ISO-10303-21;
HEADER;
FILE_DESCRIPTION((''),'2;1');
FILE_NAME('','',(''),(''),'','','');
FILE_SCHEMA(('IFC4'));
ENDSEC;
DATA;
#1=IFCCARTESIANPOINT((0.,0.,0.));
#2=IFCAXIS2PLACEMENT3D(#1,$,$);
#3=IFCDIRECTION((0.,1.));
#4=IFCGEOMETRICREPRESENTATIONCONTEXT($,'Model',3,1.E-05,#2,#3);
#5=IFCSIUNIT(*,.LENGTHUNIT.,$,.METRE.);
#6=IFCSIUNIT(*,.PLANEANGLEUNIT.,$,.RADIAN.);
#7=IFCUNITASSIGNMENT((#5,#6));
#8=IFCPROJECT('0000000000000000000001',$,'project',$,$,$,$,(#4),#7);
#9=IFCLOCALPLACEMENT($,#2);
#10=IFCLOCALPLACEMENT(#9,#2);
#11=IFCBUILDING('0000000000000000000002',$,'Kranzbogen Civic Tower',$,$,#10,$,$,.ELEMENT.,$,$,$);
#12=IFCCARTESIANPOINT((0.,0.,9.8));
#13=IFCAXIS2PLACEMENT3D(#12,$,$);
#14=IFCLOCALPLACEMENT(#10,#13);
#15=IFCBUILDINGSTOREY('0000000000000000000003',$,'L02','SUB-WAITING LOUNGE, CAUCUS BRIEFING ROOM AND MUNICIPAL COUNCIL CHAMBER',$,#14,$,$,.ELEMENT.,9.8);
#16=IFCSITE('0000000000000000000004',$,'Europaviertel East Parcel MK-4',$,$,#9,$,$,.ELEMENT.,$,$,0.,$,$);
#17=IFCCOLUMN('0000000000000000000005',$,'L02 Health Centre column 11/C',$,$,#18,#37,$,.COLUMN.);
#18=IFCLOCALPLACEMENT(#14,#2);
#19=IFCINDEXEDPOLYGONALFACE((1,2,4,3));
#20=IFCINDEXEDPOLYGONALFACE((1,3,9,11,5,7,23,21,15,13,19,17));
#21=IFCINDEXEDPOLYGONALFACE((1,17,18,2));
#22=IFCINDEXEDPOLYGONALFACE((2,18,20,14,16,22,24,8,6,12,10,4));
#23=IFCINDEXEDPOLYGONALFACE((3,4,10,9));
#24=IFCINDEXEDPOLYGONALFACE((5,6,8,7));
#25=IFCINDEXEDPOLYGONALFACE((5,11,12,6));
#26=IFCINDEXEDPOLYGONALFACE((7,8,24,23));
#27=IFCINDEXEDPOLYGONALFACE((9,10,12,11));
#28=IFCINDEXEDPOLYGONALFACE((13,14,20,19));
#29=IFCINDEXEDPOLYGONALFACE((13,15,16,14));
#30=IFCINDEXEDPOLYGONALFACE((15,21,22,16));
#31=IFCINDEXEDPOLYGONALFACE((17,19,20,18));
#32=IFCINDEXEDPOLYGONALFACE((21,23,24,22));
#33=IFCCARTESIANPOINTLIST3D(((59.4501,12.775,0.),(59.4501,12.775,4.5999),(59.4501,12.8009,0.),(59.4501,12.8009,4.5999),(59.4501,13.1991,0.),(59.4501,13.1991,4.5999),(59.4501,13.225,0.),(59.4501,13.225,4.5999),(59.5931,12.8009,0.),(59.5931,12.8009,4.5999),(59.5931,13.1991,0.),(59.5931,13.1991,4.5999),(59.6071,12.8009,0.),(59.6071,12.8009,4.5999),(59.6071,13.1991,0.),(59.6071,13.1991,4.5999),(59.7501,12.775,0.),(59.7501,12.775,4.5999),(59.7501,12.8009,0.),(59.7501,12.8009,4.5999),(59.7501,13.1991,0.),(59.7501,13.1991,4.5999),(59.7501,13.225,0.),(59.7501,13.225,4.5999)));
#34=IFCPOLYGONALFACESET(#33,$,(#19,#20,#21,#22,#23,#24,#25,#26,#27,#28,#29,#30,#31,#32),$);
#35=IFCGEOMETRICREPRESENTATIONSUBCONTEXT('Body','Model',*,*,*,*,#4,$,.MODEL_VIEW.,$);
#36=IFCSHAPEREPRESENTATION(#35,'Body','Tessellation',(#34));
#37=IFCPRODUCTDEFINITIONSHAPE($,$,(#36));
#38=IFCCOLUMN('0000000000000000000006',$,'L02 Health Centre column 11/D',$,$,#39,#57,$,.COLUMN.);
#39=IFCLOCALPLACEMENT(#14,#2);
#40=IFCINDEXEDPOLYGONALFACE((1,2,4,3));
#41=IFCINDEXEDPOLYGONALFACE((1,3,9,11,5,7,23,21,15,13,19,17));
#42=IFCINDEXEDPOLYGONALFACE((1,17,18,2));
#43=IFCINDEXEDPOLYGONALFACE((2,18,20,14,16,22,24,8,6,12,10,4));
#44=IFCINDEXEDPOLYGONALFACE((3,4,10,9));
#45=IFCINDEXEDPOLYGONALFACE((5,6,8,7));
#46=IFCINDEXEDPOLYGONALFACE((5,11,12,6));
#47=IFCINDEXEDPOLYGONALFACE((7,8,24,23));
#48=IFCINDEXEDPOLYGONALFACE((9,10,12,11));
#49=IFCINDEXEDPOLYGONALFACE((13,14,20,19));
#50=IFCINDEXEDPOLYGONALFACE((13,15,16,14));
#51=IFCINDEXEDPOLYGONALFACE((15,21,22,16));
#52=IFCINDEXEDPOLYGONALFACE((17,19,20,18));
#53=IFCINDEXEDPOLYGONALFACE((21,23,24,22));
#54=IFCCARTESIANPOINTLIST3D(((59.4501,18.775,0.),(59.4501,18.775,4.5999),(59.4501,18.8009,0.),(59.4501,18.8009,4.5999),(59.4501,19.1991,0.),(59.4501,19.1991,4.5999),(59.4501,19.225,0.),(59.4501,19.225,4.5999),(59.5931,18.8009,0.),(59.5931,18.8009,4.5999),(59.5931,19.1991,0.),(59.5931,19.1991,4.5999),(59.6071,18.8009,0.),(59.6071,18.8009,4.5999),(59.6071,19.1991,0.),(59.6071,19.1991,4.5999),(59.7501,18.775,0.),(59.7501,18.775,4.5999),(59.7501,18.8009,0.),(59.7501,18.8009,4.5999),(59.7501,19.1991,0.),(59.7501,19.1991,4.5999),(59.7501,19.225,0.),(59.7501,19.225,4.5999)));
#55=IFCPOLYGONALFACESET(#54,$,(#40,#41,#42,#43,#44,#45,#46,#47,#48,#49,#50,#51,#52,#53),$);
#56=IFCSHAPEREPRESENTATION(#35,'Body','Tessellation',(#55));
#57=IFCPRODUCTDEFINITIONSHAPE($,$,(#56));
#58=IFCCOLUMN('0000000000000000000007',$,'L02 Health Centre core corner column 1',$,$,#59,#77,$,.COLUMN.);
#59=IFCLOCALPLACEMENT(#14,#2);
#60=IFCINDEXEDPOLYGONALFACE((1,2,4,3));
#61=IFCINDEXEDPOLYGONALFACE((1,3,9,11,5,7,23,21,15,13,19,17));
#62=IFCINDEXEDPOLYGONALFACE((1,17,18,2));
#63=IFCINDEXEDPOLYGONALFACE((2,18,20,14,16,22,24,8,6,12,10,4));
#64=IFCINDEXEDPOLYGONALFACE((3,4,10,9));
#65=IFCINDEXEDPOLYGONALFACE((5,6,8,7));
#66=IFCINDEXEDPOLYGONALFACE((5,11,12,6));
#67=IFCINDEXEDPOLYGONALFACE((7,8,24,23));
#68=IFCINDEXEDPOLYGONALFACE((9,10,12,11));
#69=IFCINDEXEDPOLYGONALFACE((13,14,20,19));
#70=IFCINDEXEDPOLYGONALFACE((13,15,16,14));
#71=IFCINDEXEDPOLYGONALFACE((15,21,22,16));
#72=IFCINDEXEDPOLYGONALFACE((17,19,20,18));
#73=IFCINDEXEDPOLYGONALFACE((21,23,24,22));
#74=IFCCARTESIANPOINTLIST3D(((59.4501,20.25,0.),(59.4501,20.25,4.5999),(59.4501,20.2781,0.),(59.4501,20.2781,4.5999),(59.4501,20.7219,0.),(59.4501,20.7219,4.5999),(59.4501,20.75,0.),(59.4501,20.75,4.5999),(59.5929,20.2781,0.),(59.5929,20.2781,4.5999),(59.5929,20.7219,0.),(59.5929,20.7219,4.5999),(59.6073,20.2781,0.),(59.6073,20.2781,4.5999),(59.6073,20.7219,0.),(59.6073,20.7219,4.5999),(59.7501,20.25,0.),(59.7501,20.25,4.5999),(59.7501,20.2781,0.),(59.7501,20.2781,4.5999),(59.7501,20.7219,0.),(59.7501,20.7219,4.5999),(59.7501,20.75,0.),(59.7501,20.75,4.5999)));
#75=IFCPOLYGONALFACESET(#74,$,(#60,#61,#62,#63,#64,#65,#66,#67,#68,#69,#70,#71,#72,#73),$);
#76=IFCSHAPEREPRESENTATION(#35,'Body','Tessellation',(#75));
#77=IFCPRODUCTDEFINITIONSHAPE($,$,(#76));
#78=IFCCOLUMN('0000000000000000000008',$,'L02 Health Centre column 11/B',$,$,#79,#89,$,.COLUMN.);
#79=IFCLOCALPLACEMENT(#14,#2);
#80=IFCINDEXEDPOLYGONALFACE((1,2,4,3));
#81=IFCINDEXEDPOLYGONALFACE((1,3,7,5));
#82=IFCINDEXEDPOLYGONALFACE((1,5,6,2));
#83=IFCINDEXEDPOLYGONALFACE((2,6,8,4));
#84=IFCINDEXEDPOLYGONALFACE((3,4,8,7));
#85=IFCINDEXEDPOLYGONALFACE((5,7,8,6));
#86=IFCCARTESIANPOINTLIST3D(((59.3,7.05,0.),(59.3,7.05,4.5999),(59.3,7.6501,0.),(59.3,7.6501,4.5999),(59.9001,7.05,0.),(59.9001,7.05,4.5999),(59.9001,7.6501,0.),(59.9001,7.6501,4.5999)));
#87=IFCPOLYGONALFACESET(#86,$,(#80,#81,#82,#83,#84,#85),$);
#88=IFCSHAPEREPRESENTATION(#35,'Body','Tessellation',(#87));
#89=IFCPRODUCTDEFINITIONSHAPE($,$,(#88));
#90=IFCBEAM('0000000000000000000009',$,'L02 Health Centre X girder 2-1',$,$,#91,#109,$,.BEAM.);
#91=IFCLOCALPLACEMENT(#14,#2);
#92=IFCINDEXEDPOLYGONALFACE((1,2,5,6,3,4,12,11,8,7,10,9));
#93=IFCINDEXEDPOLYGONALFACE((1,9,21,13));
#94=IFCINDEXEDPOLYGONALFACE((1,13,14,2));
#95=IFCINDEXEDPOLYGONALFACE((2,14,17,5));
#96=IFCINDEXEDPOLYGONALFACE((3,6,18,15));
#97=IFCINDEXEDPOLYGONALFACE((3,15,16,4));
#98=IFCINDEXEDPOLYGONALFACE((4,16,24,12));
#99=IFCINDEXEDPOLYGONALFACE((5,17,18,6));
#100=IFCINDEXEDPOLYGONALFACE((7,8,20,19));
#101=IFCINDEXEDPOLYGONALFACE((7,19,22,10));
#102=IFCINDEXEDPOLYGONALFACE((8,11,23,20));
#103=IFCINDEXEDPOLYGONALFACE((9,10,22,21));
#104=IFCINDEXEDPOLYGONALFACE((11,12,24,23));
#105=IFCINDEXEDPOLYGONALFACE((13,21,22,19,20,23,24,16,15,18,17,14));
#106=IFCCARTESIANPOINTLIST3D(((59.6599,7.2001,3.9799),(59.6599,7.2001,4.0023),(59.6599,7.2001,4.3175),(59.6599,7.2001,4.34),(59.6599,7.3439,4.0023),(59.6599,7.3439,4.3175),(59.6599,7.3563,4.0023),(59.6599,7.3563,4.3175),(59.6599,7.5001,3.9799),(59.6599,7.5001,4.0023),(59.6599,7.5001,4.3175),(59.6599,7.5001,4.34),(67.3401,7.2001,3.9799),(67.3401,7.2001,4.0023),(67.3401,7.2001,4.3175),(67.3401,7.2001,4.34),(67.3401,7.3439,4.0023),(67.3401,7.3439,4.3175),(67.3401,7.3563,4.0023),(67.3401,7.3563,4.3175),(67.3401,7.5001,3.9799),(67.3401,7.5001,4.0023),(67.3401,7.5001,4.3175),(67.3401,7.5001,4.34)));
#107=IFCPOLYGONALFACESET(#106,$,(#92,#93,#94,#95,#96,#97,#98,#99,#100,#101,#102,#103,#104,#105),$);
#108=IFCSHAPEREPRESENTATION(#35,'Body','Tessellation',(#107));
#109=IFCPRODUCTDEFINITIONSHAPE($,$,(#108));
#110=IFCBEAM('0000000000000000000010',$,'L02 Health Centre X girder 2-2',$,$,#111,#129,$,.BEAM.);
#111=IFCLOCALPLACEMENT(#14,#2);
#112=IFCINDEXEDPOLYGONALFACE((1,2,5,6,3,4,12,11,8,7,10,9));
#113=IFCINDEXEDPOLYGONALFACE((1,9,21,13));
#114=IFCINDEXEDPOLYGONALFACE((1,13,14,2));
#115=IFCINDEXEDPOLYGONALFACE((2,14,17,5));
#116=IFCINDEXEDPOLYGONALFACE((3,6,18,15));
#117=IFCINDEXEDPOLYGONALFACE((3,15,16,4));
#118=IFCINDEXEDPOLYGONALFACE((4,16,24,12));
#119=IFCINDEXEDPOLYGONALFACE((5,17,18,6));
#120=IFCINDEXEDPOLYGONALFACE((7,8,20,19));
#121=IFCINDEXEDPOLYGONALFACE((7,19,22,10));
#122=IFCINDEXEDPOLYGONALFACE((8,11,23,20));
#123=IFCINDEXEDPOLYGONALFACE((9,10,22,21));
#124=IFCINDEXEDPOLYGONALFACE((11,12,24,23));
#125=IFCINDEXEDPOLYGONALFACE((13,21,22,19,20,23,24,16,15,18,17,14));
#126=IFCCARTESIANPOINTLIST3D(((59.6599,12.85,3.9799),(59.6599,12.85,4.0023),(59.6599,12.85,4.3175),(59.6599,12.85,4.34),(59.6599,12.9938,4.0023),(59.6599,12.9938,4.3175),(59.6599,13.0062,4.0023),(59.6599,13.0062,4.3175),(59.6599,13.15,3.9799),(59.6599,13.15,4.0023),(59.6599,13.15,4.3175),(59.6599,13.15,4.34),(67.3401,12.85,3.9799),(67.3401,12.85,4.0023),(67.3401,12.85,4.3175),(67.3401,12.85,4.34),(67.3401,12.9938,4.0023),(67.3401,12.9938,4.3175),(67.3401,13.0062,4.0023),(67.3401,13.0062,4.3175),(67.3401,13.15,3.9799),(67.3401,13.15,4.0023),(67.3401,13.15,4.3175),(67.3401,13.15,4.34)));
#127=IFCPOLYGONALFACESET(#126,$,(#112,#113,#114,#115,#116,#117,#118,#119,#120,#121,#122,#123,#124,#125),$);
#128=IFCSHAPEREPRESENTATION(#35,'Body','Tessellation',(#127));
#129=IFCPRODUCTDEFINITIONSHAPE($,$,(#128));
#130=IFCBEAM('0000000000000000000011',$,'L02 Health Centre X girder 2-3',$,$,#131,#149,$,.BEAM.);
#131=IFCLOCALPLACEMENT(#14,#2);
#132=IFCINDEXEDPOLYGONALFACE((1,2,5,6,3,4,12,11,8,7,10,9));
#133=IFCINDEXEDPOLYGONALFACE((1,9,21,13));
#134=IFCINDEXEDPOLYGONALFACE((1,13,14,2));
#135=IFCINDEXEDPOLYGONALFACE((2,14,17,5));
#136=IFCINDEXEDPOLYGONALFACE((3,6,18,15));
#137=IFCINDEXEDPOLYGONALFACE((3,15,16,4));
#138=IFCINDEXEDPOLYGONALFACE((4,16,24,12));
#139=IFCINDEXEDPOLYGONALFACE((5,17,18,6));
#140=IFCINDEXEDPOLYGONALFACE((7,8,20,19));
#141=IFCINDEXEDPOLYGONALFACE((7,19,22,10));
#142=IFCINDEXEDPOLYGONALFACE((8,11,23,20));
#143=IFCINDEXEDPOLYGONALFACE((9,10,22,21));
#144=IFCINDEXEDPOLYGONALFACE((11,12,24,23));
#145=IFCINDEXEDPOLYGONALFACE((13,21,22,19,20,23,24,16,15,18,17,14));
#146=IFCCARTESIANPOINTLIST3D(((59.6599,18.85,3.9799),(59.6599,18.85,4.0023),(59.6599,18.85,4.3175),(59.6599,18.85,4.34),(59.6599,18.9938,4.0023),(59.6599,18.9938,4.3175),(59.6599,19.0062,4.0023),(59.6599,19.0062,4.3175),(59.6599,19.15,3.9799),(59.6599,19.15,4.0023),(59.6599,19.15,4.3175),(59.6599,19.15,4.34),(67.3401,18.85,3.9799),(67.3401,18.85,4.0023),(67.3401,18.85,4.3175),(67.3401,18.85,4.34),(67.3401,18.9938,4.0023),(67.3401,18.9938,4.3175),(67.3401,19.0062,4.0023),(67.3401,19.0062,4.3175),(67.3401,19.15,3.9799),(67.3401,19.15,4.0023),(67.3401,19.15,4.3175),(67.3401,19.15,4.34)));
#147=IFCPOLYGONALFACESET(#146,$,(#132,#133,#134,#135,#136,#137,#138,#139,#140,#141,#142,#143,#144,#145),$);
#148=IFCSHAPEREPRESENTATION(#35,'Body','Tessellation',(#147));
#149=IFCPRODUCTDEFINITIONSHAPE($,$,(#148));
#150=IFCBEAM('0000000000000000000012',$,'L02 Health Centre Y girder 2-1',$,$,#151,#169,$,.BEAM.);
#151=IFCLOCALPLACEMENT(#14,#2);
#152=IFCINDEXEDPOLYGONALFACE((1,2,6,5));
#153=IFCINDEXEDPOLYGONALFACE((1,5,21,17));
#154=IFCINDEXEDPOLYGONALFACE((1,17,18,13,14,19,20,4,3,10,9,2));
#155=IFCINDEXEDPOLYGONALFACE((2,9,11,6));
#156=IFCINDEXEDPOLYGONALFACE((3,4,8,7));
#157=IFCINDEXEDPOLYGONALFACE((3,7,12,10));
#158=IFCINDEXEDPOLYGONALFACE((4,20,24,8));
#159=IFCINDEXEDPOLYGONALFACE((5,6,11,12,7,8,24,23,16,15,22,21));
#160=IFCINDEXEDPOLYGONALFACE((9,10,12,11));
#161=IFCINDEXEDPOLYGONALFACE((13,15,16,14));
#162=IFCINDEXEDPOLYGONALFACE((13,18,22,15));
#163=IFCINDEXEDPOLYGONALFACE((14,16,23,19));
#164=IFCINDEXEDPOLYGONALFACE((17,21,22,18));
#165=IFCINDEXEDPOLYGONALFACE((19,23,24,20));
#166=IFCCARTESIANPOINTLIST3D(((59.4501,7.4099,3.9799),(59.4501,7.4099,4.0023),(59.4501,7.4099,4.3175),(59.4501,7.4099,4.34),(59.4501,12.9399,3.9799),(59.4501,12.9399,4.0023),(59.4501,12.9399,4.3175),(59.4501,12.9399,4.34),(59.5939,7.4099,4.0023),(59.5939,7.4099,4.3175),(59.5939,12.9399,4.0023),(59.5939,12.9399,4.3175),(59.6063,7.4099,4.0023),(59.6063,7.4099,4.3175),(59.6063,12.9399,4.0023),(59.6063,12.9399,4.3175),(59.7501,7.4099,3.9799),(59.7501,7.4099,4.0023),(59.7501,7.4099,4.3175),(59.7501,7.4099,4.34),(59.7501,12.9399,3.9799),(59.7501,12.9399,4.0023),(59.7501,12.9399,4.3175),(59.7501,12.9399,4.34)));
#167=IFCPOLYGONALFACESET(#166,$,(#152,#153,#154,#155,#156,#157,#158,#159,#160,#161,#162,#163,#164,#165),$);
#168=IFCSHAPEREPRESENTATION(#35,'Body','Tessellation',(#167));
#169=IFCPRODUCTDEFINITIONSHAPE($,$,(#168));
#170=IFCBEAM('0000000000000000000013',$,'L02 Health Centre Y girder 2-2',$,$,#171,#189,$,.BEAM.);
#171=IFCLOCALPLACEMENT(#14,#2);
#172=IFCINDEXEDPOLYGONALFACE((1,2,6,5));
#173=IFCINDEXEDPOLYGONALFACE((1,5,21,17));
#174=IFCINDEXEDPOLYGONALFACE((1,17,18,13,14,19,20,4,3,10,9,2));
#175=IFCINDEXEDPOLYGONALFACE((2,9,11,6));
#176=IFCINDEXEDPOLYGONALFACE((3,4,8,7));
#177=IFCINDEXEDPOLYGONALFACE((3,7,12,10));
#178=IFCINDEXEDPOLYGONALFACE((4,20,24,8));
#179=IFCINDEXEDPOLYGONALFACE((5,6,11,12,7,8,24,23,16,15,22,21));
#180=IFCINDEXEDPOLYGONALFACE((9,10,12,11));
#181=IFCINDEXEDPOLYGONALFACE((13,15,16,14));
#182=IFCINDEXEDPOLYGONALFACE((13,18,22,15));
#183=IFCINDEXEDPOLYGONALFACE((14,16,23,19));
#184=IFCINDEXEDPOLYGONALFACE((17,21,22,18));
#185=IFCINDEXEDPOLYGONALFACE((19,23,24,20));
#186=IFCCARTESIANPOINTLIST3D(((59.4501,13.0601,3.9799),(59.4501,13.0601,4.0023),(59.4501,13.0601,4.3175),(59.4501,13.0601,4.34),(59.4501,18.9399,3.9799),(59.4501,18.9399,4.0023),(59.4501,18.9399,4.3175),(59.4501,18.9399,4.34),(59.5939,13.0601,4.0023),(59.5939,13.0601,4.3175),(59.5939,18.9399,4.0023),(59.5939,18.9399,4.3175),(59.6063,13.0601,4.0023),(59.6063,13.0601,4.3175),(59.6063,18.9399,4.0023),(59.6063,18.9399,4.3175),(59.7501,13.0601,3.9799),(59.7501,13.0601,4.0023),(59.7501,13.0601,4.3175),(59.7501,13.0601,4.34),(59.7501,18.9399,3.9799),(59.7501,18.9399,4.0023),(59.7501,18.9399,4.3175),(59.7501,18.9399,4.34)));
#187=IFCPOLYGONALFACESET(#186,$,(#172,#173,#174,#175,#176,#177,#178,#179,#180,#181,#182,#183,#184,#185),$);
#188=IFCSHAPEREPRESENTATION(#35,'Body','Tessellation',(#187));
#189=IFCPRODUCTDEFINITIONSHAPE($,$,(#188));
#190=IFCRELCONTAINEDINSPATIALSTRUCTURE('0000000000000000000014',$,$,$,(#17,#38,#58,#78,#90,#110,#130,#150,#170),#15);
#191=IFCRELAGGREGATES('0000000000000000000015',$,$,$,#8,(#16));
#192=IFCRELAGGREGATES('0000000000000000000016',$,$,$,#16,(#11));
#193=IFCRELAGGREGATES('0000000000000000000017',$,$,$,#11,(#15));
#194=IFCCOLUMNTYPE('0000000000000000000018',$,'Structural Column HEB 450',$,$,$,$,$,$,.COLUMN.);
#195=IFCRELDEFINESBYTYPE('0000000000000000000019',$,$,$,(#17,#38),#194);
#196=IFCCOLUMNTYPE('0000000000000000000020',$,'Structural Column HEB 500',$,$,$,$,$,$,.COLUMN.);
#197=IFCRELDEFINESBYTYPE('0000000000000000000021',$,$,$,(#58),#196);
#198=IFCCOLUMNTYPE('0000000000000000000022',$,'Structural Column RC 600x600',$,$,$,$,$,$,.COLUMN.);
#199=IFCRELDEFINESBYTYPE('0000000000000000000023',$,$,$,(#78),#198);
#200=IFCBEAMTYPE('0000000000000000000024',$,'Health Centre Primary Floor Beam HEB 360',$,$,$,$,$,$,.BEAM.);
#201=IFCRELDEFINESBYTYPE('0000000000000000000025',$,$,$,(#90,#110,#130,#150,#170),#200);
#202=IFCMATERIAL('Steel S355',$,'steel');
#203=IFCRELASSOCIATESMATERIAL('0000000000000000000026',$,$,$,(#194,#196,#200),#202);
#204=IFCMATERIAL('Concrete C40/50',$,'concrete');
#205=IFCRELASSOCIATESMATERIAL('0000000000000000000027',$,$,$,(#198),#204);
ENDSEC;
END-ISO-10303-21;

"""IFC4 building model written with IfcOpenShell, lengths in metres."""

from ifc_helpers import new_model, si_unit, direction, frame, origin, origin_2d, place, context, subcontext, project, spatial, rectangle, i_section, extrude, material, material_profile, profile_set, type_object, element, save


model = new_model("IFC4")

# Units and contexts
model_context = context("Model", 3, precision=1e-05, world=origin(), true_north=direction((0.0, 1.0)))
body_context = subcontext(model_context, "Body", "Model", "MODEL_VIEW")
ifc_project = project(units=[si_unit("LENGTHUNIT", "METRE"), si_unit("PLANEANGLEUNIT", "RADIAN")], contexts=[model_context])

# Site, building, storey
site_placement = place(None, origin())
site = spatial("IfcSite", under=ifc_project, at=site_placement, Name="Europaviertel East Parcel MK-4", CompositionType="ELEMENT", RefElevation=0.0)
building_placement = place(site_placement, origin())
building = spatial("IfcBuilding", under=site, at=building_placement, Name="Kranzbogen Civic Tower", CompositionType="ELEMENT")
storey_placement = place(building_placement, frame((0.0, 0.0, 9.8)))
storey = spatial("IfcBuildingStorey", under=building, at=storey_placement, Name="L02", Description="SUB-WAITING LOUNGE, CAUCUS BRIEFING ROOM AND MUNICIPAL COUNCIL CHAMBER", CompositionType="ELEMENT", Elevation=9.8)

# Columns
ifc_material_1 = material(Name="Steel S355", Category="steel")
ifc_material_profile_1 = material_profile(ifc_material_1, i_section(OverallWidth=0.3, OverallDepth=0.45, WebThickness=0.0139, FlangeThickness=0.0259, at=origin_2d()), Name="HEB 450")
ifc_profile_set_1 = profile_set([ifc_material_profile_1], Name="Steel S355")
column_type_1 = type_object("IfcColumnType", Name="Structural Column HEB 450", PredefinedType="COLUMN", material=ifc_profile_set_1)
for number, where, z_axis, x_axis, name in (
    (1, (59.6001, 13.0, 0.0), (0.0, 0.0, 1.0), (1.0, 0.0, 0.0), "L02 Health Centre column 11/C"),
    (2, (59.6001, 19.0, 0.0), (0.0, 0.0, 1.0), (1.0, 0.0, 0.0), "L02 Health Centre column 11/D"),
):
    element("IfcColumn", number, at=place(storey_placement, frame(where, z_axis=z_axis, x_axis=x_axis)), inside=storey, type_object=column_type_1, Name=name, PredefinedType="COLUMN", context=body_context, shape_type="SweptSolid", body=[
        extrude(i_section(OverallWidth=0.3, OverallDepth=0.45, WebThickness=0.0139, FlangeThickness=0.0259, at=origin_2d()), origin(), (0.0, 0.0, 1.0), 4.5999),
    ])
ifc_material_profile_2 = material_profile(ifc_material_1, i_section(OverallWidth=0.3, OverallDepth=0.5, WebThickness=0.0144, FlangeThickness=0.0281, at=origin_2d()), Name="HEB 500")
ifc_profile_set_2 = profile_set([ifc_material_profile_2], Name="Steel S355")
column_type_2 = type_object("IfcColumnType", Name="Structural Column HEB 500", PredefinedType="COLUMN", material=ifc_profile_set_2)
column_1_placement = place(storey_placement, frame((59.6001, 20.5, 0.0), z_axis=(0.0, 0.0, 1.0), x_axis=(1.0, 0.0, 0.0)))
element("IfcColumn", 3, at=column_1_placement, inside=storey, type_object=column_type_2, Name="L02 Health Centre core corner column 1", PredefinedType="COLUMN", context=body_context, shape_type="SweptSolid", body=[
    extrude(i_section(OverallWidth=0.3, OverallDepth=0.5, WebThickness=0.0144, FlangeThickness=0.0281, at=origin_2d()), origin(), (0.0, 0.0, 1.0), 4.5999),
])
ifc_material_2 = material(Name="Concrete C40/50", Category="concrete")
ifc_material_profile_3 = material_profile(ifc_material_2, rectangle(XDim=0.6001, YDim=0.6001, at=origin_2d()), Name="RC 600x600")
ifc_profile_set_3 = profile_set([ifc_material_profile_3], Name="Concrete C40/50")
column_type_3 = type_object("IfcColumnType", Name="Structural Column RC 600x600", PredefinedType="COLUMN", material=ifc_profile_set_3)
column_2_placement = place(storey_placement, frame((59.6001, 7.3501, 0.0), z_axis=(0.0, 0.0, 1.0), x_axis=(1.0, 0.0, 0.0)))
element("IfcColumn", 4, at=column_2_placement, inside=storey, type_object=column_type_3, Name="L02 Health Centre column 11/B", PredefinedType="COLUMN", context=body_context, shape_type="SweptSolid", body=[
    extrude(rectangle(XDim=0.6001, YDim=0.6001, at=origin_2d()), origin(), (0.0, 0.0, 1.0), 4.5999),
])

# Beams
ifc_material_profile_4 = material_profile(ifc_material_1, i_section(OverallWidth=0.3, OverallDepth=0.3601, WebThickness=0.0125, FlangeThickness=0.0225, at=origin_2d()), Name="HEB 360")
ifc_profile_set_4 = profile_set([ifc_material_profile_4], Name="Steel S355")
beam_type_1 = type_object("IfcBeamType", Name="Health Centre Primary Floor Beam HEB 360", PredefinedType="BEAM", material=ifc_profile_set_4)
for number, where, z_axis, x_axis, name in (
    (5, (59.6599, 7.3501, 4.1599), (1.0, 0.0, 0.0), (0.0, 1.0, 0.0), "L02 Health Centre X girder 2-1"),
    (6, (59.6599, 13.0, 4.1599), (1.0, 0.0, 0.0), (0.0, 1.0, 0.0), "L02 Health Centre X girder 2-2"),
    (7, (59.6599, 19.0, 4.1599), (1.0, 0.0, 0.0), (0.0, 1.0, 0.0), "L02 Health Centre X girder 2-3"),
):
    element("IfcBeam", number, at=place(storey_placement, frame(where, z_axis=z_axis, x_axis=x_axis)), inside=storey, type_object=beam_type_1, Name=name, PredefinedType="BEAM", context=body_context, shape_type="SweptSolid", body=[
        extrude(i_section(OverallWidth=0.3, OverallDepth=0.3601, WebThickness=0.0125, FlangeThickness=0.0225, at=origin_2d()), origin(), (0.0, 0.0, 1.0), 7.6802),
    ])
beam_1_placement = place(storey_placement, frame((59.6001, 7.4099, 4.1599), z_axis=(0.0, 1.0, 0.0), x_axis=(-1.0, 0.0, 0.0)))
element("IfcBeam", 8, at=beam_1_placement, inside=storey, type_object=beam_type_1, Name="L02 Health Centre Y girder 2-1", PredefinedType="BEAM", context=body_context, shape_type="SweptSolid", body=[
    extrude(i_section(OverallWidth=0.3, OverallDepth=0.3601, WebThickness=0.0125, FlangeThickness=0.0225, at=origin_2d()), origin(), (0.0, 0.0, 1.0), 5.53),
])
for number, where, z_axis, x_axis, name in (
    (9, (59.6001, 13.0601, 4.1599), (0.0, 1.0, 0.0), (-1.0, 0.0, 0.0), "L02 Health Centre Y girder 2-2"),
):
    element("IfcBeam", number, at=place(storey_placement, frame(where, z_axis=z_axis, x_axis=x_axis)), inside=storey, type_object=beam_type_1, Name=name, PredefinedType="BEAM", context=body_context, shape_type="SweptSolid", body=[
        extrude(i_section(OverallWidth=0.3, OverallDepth=0.3601, WebThickness=0.0125, FlangeThickness=0.0225, at=origin_2d()), origin(), (0.0, 0.0, 1.0), 5.8799),
    ])

save(model, "model.ifc")
